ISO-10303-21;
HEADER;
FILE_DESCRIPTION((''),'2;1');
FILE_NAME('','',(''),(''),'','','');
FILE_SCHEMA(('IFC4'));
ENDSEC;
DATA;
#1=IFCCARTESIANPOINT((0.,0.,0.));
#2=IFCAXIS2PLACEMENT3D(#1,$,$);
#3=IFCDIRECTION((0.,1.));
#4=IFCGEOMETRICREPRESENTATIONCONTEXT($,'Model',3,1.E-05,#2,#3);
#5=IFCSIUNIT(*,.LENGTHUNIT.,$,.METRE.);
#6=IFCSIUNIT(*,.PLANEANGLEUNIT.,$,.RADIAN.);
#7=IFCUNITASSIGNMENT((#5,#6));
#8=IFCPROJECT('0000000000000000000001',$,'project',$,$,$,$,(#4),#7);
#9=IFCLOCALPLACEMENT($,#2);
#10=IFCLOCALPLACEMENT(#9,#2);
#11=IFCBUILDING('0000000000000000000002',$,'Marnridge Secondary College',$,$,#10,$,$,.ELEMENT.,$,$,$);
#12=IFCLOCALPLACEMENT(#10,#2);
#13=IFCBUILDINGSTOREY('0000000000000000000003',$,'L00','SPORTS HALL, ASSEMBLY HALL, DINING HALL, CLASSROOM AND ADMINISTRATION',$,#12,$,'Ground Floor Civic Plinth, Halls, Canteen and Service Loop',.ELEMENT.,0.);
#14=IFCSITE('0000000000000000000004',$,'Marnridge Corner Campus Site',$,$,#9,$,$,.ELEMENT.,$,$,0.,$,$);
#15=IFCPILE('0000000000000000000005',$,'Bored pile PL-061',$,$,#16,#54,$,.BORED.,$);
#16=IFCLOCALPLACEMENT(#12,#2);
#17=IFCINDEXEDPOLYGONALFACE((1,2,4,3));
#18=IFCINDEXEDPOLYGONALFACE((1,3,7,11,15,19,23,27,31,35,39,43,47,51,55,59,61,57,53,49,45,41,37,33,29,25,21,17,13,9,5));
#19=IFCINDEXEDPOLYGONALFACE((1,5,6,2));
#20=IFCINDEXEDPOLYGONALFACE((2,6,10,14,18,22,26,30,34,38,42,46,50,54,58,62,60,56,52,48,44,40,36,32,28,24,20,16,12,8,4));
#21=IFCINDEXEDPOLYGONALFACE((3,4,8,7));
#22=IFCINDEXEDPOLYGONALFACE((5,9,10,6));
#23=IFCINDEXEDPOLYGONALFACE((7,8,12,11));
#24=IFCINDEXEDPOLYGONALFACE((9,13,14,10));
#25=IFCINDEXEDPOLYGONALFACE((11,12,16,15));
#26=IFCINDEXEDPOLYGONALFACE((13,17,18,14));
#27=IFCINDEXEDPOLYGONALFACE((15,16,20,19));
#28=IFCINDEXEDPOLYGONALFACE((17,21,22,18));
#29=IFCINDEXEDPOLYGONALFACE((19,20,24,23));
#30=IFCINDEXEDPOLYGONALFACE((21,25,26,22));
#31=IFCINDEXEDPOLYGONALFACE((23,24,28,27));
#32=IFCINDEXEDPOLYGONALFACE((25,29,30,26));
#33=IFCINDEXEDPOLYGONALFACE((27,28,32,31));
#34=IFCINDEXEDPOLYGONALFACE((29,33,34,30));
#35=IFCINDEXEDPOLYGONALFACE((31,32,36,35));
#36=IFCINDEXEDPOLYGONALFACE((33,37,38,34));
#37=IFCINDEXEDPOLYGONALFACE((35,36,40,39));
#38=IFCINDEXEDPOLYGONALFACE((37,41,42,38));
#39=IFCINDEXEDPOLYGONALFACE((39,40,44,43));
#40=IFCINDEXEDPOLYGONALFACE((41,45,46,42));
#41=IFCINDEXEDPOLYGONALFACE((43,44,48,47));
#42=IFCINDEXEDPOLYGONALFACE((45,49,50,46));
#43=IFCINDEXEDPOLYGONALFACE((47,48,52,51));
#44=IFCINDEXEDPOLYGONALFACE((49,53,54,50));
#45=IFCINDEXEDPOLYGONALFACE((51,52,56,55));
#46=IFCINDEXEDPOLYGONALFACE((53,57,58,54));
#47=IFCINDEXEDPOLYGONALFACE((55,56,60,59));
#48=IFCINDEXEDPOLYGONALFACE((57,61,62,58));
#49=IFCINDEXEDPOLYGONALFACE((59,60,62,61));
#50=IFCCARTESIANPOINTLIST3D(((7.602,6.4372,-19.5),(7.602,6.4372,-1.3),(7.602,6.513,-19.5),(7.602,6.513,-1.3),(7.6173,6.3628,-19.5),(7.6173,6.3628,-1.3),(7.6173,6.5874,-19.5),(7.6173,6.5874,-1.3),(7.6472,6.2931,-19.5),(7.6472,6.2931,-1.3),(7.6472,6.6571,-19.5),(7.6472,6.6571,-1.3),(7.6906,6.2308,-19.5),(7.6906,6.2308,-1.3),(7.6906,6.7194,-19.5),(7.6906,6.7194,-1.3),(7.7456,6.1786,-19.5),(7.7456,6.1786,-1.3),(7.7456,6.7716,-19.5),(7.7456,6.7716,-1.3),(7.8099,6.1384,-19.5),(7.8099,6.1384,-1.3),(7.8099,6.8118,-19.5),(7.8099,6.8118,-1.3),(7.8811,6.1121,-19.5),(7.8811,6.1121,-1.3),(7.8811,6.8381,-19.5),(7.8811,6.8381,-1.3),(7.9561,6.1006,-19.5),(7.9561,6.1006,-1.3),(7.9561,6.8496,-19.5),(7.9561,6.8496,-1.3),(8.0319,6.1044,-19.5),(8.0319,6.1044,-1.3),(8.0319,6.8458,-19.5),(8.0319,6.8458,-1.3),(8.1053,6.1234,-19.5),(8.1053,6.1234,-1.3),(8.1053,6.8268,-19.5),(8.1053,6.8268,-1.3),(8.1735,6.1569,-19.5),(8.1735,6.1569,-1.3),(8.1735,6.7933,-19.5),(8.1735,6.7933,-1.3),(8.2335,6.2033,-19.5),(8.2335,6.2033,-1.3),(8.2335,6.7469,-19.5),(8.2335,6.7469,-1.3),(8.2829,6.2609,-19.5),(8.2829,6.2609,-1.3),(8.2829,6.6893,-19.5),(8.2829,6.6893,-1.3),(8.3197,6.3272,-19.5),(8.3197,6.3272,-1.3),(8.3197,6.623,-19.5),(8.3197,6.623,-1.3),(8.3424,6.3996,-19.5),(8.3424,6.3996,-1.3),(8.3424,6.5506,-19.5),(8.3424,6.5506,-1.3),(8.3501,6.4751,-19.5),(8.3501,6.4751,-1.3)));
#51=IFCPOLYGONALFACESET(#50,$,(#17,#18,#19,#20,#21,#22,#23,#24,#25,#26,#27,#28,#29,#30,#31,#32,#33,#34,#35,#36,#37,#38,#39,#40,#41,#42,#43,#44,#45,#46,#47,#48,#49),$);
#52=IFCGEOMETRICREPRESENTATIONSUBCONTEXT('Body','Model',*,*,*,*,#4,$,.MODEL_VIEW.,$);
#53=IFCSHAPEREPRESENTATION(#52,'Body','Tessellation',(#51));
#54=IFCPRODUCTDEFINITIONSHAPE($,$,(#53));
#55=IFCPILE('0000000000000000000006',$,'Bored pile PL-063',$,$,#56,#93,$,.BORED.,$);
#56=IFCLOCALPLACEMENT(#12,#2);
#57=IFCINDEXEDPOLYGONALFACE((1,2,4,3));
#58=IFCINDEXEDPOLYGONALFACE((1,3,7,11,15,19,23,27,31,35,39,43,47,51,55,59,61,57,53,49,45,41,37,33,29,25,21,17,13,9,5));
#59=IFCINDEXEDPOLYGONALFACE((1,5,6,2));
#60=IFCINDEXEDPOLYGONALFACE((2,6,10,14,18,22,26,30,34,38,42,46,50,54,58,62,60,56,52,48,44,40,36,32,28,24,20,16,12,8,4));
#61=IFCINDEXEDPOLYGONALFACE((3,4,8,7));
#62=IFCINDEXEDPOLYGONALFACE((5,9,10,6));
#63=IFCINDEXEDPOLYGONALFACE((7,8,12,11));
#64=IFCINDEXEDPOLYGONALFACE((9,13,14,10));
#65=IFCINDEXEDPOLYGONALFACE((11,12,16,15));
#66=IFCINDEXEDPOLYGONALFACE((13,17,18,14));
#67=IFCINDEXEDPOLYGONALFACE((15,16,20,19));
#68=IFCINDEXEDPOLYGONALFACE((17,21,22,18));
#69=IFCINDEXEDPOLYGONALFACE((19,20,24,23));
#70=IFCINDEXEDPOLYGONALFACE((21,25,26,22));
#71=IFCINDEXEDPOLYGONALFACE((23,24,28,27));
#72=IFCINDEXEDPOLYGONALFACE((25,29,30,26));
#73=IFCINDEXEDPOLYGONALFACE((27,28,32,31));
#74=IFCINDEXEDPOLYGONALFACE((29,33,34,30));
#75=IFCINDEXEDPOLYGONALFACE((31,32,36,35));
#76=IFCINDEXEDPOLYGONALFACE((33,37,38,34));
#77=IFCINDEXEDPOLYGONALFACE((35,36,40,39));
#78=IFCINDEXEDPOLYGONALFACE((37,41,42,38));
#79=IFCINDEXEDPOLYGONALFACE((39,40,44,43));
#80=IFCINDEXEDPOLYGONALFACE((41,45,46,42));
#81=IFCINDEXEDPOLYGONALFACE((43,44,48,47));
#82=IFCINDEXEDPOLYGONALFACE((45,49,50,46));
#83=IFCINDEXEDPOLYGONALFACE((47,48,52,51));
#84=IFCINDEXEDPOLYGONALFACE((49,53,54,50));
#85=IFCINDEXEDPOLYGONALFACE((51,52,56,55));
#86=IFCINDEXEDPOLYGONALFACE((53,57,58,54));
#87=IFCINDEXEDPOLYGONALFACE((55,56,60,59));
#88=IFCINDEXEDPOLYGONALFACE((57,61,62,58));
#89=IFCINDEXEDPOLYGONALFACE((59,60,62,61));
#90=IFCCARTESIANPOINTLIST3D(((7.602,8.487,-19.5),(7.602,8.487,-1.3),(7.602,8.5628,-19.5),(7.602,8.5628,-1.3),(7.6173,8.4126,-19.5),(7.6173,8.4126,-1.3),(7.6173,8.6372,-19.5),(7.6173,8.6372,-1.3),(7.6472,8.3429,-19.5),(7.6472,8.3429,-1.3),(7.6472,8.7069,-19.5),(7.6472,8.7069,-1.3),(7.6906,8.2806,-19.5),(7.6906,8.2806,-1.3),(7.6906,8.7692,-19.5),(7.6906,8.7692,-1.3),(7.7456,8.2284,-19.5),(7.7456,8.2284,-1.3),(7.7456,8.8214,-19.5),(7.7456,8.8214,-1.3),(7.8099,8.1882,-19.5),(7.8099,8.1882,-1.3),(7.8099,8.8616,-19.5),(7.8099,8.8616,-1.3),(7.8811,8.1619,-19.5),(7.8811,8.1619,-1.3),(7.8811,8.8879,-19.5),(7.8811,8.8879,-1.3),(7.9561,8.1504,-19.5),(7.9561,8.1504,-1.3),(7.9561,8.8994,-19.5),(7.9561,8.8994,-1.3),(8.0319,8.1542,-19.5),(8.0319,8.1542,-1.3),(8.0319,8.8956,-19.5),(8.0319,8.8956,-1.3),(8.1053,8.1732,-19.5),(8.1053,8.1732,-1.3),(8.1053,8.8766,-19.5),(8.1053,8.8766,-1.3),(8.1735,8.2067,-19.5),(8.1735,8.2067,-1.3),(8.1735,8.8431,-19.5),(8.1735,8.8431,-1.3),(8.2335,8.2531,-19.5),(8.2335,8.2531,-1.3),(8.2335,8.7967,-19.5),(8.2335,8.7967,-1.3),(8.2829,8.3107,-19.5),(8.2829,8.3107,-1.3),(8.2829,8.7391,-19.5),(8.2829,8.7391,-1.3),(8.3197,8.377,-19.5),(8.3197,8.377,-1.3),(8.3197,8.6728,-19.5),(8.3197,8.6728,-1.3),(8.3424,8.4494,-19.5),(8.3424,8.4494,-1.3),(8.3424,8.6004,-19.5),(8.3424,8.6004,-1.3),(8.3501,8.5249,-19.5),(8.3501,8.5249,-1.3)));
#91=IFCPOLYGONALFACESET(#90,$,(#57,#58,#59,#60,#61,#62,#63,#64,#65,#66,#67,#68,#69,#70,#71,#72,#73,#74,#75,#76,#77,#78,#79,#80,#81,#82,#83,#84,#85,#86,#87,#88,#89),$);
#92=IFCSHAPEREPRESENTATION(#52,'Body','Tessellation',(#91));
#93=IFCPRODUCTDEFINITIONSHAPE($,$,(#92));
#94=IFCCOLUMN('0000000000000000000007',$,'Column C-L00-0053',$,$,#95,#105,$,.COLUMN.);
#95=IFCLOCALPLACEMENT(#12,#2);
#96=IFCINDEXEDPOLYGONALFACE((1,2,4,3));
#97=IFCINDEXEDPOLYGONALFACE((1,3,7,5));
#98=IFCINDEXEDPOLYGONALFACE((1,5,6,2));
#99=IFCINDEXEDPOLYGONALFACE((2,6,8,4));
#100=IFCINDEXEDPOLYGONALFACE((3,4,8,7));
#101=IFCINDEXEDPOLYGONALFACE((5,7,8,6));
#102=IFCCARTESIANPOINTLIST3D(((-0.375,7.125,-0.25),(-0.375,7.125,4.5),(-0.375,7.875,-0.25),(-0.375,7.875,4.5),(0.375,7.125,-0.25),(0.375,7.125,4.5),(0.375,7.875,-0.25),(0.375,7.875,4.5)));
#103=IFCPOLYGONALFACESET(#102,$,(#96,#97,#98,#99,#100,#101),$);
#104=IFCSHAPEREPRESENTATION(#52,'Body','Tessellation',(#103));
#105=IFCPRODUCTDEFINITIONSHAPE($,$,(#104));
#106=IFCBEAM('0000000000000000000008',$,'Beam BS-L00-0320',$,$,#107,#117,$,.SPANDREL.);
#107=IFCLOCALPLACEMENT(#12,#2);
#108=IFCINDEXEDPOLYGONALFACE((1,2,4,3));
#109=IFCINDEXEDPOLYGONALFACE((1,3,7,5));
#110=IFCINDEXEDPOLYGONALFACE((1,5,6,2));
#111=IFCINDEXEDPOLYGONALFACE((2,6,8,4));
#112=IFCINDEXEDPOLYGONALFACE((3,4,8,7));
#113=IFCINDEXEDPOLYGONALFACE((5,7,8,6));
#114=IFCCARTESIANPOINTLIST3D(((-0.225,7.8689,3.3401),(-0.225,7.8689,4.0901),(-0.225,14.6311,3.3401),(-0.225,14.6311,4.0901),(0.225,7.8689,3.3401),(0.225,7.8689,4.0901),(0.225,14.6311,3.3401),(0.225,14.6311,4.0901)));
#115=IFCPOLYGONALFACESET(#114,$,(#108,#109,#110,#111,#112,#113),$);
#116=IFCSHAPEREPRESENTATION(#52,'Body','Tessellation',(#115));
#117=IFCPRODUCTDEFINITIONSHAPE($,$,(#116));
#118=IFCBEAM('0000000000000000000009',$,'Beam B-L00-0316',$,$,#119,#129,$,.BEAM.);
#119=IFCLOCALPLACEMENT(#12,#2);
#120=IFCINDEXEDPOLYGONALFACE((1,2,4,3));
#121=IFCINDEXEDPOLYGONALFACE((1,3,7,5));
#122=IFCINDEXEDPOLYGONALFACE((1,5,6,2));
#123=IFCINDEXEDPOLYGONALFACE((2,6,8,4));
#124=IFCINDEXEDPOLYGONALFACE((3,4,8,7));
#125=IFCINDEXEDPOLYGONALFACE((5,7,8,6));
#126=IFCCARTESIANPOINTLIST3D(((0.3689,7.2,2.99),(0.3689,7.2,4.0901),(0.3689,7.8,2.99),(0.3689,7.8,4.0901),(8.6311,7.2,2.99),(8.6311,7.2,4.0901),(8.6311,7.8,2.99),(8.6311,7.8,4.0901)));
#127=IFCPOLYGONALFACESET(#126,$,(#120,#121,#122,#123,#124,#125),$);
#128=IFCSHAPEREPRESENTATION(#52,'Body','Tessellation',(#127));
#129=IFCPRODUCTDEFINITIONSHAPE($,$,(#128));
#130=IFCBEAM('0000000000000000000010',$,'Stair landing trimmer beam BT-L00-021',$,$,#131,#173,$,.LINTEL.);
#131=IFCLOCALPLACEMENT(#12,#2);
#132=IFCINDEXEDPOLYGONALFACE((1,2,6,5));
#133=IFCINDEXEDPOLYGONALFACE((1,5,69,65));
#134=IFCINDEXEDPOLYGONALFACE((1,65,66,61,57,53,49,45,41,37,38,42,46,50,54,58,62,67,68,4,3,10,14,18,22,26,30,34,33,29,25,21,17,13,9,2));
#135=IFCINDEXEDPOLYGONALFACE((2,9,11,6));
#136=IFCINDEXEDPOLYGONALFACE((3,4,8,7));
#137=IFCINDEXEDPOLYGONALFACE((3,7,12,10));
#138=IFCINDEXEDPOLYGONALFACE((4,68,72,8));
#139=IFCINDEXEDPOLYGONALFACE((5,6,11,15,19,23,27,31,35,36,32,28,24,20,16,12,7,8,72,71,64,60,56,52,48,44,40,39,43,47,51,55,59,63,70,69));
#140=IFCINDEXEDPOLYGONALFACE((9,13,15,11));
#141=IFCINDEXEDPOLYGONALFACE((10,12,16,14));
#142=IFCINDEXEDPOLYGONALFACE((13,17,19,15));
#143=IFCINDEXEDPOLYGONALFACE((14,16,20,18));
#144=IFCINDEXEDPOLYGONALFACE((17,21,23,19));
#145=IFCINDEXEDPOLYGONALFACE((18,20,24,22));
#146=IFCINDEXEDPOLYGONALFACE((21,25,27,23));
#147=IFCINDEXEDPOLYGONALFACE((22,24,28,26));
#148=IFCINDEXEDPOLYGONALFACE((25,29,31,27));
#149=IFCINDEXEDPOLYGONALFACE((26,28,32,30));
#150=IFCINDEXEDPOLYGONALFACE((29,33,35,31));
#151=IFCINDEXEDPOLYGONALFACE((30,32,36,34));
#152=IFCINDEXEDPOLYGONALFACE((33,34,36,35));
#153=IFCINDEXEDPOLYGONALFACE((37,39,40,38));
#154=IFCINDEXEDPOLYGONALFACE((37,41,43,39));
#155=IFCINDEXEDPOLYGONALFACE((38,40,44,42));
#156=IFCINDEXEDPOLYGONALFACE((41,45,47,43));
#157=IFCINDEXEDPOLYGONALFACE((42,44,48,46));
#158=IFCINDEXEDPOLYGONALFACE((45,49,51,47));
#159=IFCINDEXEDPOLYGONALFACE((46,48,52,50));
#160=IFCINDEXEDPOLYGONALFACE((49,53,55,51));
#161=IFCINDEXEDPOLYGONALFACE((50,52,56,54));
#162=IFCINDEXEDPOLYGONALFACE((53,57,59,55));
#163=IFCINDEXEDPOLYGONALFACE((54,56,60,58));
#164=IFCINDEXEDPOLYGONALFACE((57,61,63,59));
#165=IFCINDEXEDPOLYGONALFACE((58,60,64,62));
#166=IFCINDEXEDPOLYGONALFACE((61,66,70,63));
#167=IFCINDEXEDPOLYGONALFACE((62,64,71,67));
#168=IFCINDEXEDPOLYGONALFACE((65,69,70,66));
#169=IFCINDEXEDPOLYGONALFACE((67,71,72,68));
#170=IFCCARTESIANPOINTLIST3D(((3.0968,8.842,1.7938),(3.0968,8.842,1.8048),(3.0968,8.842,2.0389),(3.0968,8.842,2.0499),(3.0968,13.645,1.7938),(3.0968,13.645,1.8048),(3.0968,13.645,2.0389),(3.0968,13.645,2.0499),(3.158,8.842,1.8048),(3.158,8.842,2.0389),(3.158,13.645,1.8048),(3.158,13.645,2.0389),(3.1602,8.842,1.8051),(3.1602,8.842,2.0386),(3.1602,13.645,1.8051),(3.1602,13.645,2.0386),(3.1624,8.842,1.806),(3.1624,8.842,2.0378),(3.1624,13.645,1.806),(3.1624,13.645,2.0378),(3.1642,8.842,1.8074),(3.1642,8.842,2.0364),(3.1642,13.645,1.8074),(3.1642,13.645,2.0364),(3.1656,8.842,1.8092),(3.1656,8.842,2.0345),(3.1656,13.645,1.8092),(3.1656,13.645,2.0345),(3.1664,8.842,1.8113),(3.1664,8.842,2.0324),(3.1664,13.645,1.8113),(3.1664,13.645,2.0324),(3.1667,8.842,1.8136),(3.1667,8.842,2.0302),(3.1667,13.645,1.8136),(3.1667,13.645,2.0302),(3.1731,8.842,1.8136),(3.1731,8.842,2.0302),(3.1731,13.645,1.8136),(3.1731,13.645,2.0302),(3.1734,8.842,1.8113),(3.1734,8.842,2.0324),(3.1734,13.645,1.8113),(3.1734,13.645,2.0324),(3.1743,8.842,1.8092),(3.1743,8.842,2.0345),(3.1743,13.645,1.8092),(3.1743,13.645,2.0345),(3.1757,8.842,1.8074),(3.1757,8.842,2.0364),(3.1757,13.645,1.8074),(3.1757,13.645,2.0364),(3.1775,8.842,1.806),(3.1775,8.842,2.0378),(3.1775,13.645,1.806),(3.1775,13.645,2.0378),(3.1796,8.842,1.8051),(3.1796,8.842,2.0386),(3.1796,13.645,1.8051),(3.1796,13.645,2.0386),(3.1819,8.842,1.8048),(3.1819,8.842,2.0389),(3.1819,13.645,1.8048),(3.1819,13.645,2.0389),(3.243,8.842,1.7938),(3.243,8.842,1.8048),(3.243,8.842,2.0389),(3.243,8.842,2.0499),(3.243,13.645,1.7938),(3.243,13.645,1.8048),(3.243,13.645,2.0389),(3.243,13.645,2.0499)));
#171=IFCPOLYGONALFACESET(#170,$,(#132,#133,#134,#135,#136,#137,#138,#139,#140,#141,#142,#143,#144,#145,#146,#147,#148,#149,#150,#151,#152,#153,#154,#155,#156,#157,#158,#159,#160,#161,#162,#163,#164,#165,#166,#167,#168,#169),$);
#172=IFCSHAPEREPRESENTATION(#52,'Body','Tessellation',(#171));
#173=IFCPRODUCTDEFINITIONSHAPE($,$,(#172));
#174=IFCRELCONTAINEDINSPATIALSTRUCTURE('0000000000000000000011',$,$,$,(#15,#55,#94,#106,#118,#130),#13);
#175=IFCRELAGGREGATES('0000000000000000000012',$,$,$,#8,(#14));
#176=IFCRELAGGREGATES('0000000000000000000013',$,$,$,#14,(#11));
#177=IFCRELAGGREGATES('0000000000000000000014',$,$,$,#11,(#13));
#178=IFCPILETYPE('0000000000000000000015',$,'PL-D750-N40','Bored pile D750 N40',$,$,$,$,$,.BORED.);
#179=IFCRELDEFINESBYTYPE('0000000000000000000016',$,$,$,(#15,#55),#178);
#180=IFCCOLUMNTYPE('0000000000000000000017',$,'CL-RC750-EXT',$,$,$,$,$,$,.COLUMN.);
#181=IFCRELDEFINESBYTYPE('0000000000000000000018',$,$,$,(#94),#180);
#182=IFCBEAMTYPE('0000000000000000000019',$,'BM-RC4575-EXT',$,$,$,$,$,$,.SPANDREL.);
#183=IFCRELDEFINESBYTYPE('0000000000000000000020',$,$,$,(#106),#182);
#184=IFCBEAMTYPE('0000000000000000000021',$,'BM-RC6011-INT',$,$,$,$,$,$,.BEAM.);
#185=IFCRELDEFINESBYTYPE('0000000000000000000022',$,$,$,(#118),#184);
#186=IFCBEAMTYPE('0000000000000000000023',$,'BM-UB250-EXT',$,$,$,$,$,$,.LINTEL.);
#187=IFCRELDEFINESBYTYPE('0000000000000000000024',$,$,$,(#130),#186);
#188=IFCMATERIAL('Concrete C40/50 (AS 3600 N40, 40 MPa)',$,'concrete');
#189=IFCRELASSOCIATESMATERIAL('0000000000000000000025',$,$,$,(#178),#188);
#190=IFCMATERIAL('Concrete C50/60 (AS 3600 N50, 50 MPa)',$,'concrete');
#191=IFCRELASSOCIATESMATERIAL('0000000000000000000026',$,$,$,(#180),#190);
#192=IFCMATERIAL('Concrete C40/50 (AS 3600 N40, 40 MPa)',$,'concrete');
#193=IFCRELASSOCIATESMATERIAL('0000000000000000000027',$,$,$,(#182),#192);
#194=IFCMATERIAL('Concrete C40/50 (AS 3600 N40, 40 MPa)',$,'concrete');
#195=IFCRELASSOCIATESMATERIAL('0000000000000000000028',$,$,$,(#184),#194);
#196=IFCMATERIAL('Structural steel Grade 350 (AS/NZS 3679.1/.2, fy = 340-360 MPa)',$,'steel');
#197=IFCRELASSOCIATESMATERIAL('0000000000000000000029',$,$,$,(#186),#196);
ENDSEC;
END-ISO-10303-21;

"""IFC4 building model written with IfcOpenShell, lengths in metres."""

from ifc_helpers import new_model, si_unit, direction, frame, origin, origin_2d, place, context, subcontext, project, spatial, rectangle, circle, i_section, extrude, material, material_profile, profile_set, type_object, element, save


model = new_model("IFC4")

# Units and contexts
model_context = context("Model", 3, precision=1e-05, world=origin(), true_north=direction((0.0, 1.0)))
body_context = subcontext(model_context, "Body", "Model", "MODEL_VIEW")
ifc_project = project(units=[si_unit("LENGTHUNIT", "METRE"), si_unit("PLANEANGLEUNIT", "RADIAN")], contexts=[model_context])

# Site, building, storey
site_placement = place(None, origin())
site = spatial("IfcSite", under=ifc_project, at=site_placement, Name="Marnridge Corner Campus Site", CompositionType="ELEMENT", RefElevation=0.0)
building_placement = place(site_placement, origin())
building = spatial("IfcBuilding", under=site, at=building_placement, Name="Marnridge Secondary College", CompositionType="ELEMENT")
storey_placement = place(building_placement, origin())
storey = spatial("IfcBuildingStorey", under=building, at=storey_placement, Name="L00", Description="SPORTS HALL, ASSEMBLY HALL, DINING HALL, CLASSROOM AND ADMINISTRATION", LongName="Ground Floor Civic Plinth, Halls, Canteen and Service Loop", CompositionType="ELEMENT", Elevation=0.0)

# Piles
ifc_material_1 = material(Name="Concrete C40/50 (AS 3600 N40, 40 MPa)", Category="concrete")
ifc_material_profile_1 = material_profile(ifc_material_1, circle(Radius=0.375, at=origin_2d()), Name="PILE D750")
ifc_profile_set_1 = profile_set([ifc_material_profile_1], Name="Concrete C40/50 (AS 3600 N40, 40 MPa)")
pile_type = type_object("IfcPileType", Name="PL-D750-N40", Description="Bored pile D750 N40", PredefinedType="BORED", material=ifc_profile_set_1)
for number, where, z_axis, x_axis, name in (
    (1, (7.9751, 6.4751, -1.3), (0.0, 0.0, -1.0), (1.0, 0.0, 0.0), "Bored pile PL-061"),
    (2, (7.9751, 8.5249, -1.3), (0.0, 0.0, -1.0), (1.0, 0.0, 0.0), "Bored pile PL-063"),
):
    element("IfcPile", number, at=place(storey_placement, frame(where, z_axis=z_axis, x_axis=x_axis)), inside=storey, type_object=pile_type, Name=name, PredefinedType="BORED", context=body_context, shape_type="SweptSolid", body=[
        extrude(circle(Radius=0.375, at=origin_2d()), origin(), (0.0, 0.0, 1.0), 18.2),
    ])

# Column
ifc_material_2 = material(Name="Concrete C50/60 (AS 3600 N50, 50 MPa)", Category="concrete")
ifc_material_profile_2 = material_profile(ifc_material_2, rectangle(XDim=0.75, YDim=0.75, at=origin_2d()), Name="RC 750x750")
ifc_profile_set_2 = profile_set([ifc_material_profile_2], Name="Concrete C50/60 (AS 3600 N50, 50 MPa)")
column_type = type_object("IfcColumnType", Name="CL-RC750-EXT", PredefinedType="COLUMN", material=ifc_profile_set_2)
column_placement = place(storey_placement, frame((0.0, 7.5, -0.25), z_axis=(0.0, 0.0, 1.0), x_axis=(1.0, 0.0, 0.0)))
element("IfcColumn", 3, at=column_placement, inside=storey, type_object=column_type, Name="Column C-L00-0053", PredefinedType="COLUMN", context=body_context, shape_type="SweptSolid", body=[
    extrude(rectangle(XDim=0.75, YDim=0.75, at=origin_2d()), origin(), (0.0, 0.0, 1.0), 4.75),
])

# Beams
ifc_material_3 = material(Name="Concrete C40/50 (AS 3600 N40, 40 MPa)", Category="concrete")
ifc_material_profile_3 = material_profile(ifc_material_3, rectangle(XDim=0.45, YDim=0.75, at=origin_2d()), Name="RC 450x750")
ifc_profile_set_3 = profile_set([ifc_material_profile_3], Name="Concrete C40/50 (AS 3600 N40, 40 MPa)")
beam_type_1 = type_object("IfcBeamType", Name="BM-RC4575-EXT", PredefinedType="SPANDREL", material=ifc_profile_set_3)
beam_1_placement = place(storey_placement, frame((0.0, 7.8689, 3.7151), z_axis=(0.0, 1.0, 0.0), x_axis=(-1.0, 0.0, 0.0)))
element("IfcBeam", 4, at=beam_1_placement, inside=storey, type_object=beam_type_1, Name="Beam BS-L00-0320", PredefinedType="SPANDREL", context=body_context, shape_type="SweptSolid", body=[
    extrude(rectangle(XDim=0.45, YDim=0.75, at=origin_2d()), origin(), (0.0, 0.0, 1.0), 6.7622),
])
ifc_material_4 = material(Name="Concrete C40/50 (AS 3600 N40, 40 MPa)", Category="concrete")
ifc_material_profile_4 = material_profile(ifc_material_4, rectangle(XDim=0.6001, YDim=1.1001, at=origin_2d()), Name="RC 600x1100")
ifc_profile_set_4 = profile_set([ifc_material_profile_4], Name="Concrete C40/50 (AS 3600 N40, 40 MPa)")
beam_type_2 = type_object("IfcBeamType", Name="BM-RC6011-INT", PredefinedType="BEAM", material=ifc_profile_set_4)
beam_2_placement = place(storey_placement, frame((0.3689, 7.5, 3.54), z_axis=(1.0, 0.0, 0.0), x_axis=(0.0, 1.0, 0.0)))
element("IfcBeam", 5, at=beam_2_placement, inside=storey, type_object=beam_type_2, Name="Beam B-L00-0316", PredefinedType="BEAM", context=body_context, shape_type="SweptSolid", body=[
    extrude(rectangle(XDim=0.6001, YDim=1.1001, at=origin_2d()), origin(), (0.0, 0.0, 1.0), 8.2622),
])
ifc_material_5 = material(Name="Structural steel Grade 350 (AS/NZS 3679.1/.2, fy = 340-360 MPa)", Category="steel")
ifc_material_profile_5 = material_profile(ifc_material_5, i_section(OverallWidth=0.1462, OverallDepth=0.2561, WebThickness=0.0063, FlangeThickness=0.011, FilletRadius=0.0088, at=origin_2d()), Name="250UB37.3")
ifc_profile_set_5 = profile_set([ifc_material_profile_5], Name="Structural steel Grade 350 (AS/NZS 3679.1/.2, fy = 340-360 MPa)")
beam_type_3 = type_object("IfcBeamType", Name="BM-UB250-EXT", PredefinedType="LINTEL", material=ifc_profile_set_5)
beam_3_placement = place(storey_placement, frame((3.1699, 8.842, 1.9219), z_axis=(0.0, 1.0, 0.0), x_axis=(-1.0, 0.0, 0.0)))
element("IfcBeam", 6, at=beam_3_placement, inside=storey, type_object=beam_type_3, Name="Stair landing trimmer beam BT-L00-021", PredefinedType="LINTEL", context=body_context, shape_type="SweptSolid", body=[
    extrude(i_section(OverallWidth=0.1462, OverallDepth=0.2561, WebThickness=0.0063, FlangeThickness=0.011, FilletRadius=0.0088, at=origin_2d()), origin(), (0.0, 0.0, 1.0), 4.803),
])

save(model, "model.ifc")
